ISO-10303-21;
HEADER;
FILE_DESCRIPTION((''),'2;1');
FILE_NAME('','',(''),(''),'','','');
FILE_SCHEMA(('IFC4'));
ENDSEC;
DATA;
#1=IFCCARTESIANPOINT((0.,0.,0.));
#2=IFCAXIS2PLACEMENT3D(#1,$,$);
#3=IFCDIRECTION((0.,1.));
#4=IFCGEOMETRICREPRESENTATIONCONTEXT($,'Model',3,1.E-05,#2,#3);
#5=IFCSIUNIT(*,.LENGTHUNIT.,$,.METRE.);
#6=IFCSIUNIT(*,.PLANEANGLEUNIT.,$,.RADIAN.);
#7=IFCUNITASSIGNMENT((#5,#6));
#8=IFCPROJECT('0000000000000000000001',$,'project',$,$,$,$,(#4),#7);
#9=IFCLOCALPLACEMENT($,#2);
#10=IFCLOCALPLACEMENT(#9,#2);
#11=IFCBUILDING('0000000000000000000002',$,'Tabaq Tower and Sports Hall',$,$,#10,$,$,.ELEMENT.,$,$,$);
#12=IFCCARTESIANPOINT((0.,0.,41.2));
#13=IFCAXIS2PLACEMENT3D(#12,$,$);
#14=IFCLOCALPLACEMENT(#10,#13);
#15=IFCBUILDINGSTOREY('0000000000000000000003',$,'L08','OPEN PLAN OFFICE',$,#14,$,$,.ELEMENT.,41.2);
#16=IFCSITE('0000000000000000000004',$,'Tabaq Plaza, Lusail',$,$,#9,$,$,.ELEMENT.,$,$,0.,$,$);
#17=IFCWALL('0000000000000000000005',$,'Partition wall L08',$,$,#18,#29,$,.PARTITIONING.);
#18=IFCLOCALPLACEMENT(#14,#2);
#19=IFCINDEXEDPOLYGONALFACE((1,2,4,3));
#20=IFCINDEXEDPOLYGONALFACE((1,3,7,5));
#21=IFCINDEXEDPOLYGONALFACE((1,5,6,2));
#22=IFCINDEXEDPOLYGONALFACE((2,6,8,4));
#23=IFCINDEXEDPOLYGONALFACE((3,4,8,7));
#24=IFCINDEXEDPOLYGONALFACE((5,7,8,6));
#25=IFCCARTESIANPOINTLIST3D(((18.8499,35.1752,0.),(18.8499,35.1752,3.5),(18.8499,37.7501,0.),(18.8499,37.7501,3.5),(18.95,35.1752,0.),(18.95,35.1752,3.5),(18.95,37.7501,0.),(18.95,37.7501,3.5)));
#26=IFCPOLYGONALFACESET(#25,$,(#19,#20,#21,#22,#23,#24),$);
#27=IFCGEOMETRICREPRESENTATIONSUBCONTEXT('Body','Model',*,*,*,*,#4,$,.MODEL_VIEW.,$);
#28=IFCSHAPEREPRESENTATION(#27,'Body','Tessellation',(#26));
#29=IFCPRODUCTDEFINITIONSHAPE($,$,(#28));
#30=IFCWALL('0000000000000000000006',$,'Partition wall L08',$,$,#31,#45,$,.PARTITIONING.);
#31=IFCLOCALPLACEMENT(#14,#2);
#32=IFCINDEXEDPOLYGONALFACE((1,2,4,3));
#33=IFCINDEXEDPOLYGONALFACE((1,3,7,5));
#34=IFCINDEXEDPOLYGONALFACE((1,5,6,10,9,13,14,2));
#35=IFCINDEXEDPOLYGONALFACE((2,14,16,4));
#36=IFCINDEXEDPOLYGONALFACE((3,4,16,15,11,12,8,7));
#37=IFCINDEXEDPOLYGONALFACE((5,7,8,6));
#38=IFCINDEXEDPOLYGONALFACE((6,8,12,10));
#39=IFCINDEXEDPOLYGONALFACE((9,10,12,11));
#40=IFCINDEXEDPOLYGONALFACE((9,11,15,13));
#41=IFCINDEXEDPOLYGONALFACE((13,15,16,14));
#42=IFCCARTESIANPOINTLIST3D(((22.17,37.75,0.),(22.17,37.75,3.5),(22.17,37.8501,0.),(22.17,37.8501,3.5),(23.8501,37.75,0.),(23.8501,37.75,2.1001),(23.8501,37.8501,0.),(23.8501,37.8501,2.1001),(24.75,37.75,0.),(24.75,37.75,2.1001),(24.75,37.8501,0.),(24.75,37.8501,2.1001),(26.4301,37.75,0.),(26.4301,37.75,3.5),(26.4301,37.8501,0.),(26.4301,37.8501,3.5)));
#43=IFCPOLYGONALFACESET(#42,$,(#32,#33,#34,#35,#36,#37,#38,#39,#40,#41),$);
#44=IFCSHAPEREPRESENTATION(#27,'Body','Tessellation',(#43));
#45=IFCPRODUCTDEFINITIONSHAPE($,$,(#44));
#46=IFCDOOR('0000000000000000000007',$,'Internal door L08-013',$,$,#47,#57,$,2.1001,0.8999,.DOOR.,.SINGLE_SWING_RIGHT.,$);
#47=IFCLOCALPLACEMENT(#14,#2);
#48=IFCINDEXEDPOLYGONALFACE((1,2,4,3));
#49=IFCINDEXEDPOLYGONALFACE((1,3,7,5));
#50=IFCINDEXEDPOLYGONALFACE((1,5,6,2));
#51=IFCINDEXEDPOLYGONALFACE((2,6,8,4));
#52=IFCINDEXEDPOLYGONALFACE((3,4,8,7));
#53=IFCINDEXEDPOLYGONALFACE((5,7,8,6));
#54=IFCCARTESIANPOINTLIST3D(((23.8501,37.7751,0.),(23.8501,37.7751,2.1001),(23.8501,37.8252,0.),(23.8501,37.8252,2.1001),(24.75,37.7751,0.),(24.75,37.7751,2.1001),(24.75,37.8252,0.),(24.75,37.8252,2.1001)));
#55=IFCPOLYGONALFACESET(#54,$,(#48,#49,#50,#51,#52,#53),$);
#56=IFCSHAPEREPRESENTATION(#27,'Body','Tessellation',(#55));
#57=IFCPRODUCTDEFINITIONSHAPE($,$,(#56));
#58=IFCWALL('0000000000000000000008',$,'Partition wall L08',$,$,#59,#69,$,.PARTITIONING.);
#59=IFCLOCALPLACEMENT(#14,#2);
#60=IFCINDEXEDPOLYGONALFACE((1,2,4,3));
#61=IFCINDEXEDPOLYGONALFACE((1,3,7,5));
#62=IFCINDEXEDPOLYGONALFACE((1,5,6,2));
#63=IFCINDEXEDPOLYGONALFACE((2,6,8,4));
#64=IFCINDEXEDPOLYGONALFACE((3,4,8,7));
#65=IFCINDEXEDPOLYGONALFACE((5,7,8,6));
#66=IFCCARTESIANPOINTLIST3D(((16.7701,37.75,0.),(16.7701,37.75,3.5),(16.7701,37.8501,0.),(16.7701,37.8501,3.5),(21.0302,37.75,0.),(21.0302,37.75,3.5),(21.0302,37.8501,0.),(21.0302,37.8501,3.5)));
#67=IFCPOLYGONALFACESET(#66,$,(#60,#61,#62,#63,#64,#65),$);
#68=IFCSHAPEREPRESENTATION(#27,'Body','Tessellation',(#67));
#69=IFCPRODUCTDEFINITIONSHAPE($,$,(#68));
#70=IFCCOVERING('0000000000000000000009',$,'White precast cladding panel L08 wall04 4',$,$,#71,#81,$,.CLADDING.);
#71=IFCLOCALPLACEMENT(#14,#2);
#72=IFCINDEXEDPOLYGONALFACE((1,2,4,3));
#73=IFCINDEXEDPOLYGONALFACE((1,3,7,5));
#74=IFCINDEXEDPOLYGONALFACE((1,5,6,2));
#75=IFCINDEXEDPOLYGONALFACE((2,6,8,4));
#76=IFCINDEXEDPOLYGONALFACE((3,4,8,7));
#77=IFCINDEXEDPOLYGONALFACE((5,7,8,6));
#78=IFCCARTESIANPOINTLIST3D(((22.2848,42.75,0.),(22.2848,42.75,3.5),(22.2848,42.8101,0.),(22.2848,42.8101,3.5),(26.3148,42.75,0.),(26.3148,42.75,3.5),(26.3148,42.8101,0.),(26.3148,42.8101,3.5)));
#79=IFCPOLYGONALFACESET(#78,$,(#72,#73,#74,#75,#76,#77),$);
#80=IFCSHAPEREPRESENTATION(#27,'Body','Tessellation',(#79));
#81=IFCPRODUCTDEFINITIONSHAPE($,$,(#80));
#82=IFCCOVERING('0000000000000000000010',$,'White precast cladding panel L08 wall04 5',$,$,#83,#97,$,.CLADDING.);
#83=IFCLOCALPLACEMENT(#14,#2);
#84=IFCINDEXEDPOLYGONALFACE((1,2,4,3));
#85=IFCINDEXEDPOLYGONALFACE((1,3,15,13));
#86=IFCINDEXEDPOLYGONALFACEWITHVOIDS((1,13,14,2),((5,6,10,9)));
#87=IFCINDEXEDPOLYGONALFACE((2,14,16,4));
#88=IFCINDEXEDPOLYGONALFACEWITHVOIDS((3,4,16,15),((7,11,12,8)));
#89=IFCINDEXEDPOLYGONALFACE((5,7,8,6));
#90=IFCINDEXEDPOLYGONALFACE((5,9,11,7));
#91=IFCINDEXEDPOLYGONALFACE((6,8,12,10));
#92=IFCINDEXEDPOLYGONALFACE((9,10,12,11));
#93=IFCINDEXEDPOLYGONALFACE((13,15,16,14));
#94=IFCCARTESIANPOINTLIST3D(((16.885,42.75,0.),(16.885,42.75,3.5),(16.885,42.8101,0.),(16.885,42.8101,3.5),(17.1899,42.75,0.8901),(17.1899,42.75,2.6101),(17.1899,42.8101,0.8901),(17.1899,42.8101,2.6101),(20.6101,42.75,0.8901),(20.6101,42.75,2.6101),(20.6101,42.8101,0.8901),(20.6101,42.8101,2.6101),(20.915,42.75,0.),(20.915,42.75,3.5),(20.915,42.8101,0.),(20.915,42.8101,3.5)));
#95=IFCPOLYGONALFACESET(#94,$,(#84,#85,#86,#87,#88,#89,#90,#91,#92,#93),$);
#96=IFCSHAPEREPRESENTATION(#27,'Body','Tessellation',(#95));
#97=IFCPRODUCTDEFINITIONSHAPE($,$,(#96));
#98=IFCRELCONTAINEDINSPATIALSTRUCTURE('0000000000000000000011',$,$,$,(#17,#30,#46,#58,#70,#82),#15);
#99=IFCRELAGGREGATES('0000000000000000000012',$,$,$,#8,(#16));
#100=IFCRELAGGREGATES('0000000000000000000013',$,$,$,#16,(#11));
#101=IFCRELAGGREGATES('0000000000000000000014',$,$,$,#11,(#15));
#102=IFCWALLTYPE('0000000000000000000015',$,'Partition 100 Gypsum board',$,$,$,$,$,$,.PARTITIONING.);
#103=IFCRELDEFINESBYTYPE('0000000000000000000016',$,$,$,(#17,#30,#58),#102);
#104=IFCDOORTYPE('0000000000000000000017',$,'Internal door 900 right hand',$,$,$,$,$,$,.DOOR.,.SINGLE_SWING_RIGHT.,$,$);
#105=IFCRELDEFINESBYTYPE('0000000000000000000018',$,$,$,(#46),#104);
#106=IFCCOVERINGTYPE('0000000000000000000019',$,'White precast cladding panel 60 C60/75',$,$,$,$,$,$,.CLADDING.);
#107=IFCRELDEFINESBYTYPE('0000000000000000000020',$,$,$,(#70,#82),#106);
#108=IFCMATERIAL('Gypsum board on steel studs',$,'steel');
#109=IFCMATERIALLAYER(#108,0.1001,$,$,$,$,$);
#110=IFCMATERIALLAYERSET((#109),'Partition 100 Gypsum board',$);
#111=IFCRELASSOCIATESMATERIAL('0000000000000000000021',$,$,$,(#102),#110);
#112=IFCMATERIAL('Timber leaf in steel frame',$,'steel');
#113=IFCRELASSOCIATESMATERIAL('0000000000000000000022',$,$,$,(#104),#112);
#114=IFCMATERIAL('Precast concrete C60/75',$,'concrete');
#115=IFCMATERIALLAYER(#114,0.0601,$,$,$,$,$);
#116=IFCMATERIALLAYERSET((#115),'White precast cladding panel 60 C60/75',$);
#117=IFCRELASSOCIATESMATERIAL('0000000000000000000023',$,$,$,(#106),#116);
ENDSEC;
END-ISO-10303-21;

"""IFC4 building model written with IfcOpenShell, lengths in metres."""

from ifc_helpers import new_model, si_unit, direction, frame, frame_2d, origin, place, context, subcontext, project, spatial, polyline, rectangle, outline, extrude, material, layer, layer_set, type_object, element, fill, save


model = new_model("IFC4")

# Units and contexts
model_context = context("Model", 3, precision=1e-05, world=origin(), true_north=direction((0.0, 1.0)))
body_context = subcontext(model_context, "Body", "Model", "MODEL_VIEW")
ifc_project = project(units=[si_unit("LENGTHUNIT", "METRE"), si_unit("PLANEANGLEUNIT", "RADIAN")], contexts=[model_context])

# Site, building, storey
site_placement = place(None, origin())
site = spatial("IfcSite", under=ifc_project, at=site_placement, Name="Tabaq Plaza, Lusail", CompositionType="ELEMENT", RefElevation=0.0)
building_placement = place(site_placement, origin())
building = spatial("IfcBuilding", under=site, at=building_placement, Name="Tabaq Tower and Sports Hall", CompositionType="ELEMENT")
storey_placement = place(building_placement, frame((0.0, 0.0, 41.2)))
storey = spatial("IfcBuildingStorey", under=building, at=storey_placement, Name="L08", Description="OPEN PLAN OFFICE", CompositionType="ELEMENT", Elevation=41.2)

# Wall
ifc_material_1 = material(Name="Gypsum board on steel studs", Category="steel")
ifc_layer_1 = layer(ifc_material_1, 0.1001)
ifc_layer_set_1 = layer_set([ifc_layer_1], Name="Partition 100 Gypsum board")
wall_type = type_object("IfcWallType", Name="Partition 100 Gypsum board", PredefinedType="PARTITIONING", material=ifc_layer_set_1)
wall_1_placement = place(storey_placement, frame((18.8999, 35.175, 0.0), z_axis=(0.0, 0.0, 1.0), x_axis=(0.0, 1.0, 0.0)))
element("IfcWall", 1, at=wall_1_placement, inside=storey, type_object=wall_type, Name="Partition wall L08", PredefinedType="PARTITIONING", context=body_context, shape_type="SweptSolid", body=[
    extrude(rectangle(XDim=2.575, YDim=0.1001, at=frame_2d((1.2876, 0.0))), origin(), (0.0, 0.0, 1.0), 3.5),
])

# Wall, opening, door
wall_2_placement = place(storey_placement, frame((26.4299, 37.8, 0.0), z_axis=(0.0, 0.0, 1.0), x_axis=(-1.0, 0.0, 0.0)))
wall_2 = element("IfcWall", 2, at=wall_2_placement, inside=storey, type_object=wall_type, Name="Partition wall L08", PredefinedType="PARTITIONING", context=body_context, shape_type="SweptSolid", body=[
    extrude(rectangle(XDim=4.26, YDim=0.1001, at=frame_2d((2.1299, 0.0))), origin(), (0.0, 0.0, 1.0), 3.5),
])
opening_placement = place(wall_2_placement, frame((1.6799, 0.0, 0.0)))
opening = element("IfcOpeningElement", 3, at=opening_placement, cuts=wall_2, PredefinedType="OPENING", context=body_context, shape_type="SweptSolid", body=[
    extrude(rectangle(XDim=0.8999, YDim=2.1001, at=frame_2d((0.45, 1.05))), frame((0.0, 0.05, 0.0), z_axis=(0.0, -1.0, 0.0), x_axis=(1.0, 0.0, 0.0)), (0.0, 0.0, 1.0), 0.1001),
])
ifc_material_2 = material(Name="Timber leaf in steel frame", Category="steel")
door_type = type_object("IfcDoorType", Name="Internal door 900 right hand", OperationType="SINGLE_SWING_RIGHT", PredefinedType="DOOR", material=ifc_material_2)
door_placement = place(opening_placement, origin())
door = element("IfcDoor", 4, at=door_placement, inside=storey, type_object=door_type, Name="Internal door L08-013", OperationType="SINGLE_SWING_RIGHT", OverallHeight=2.1001, OverallWidth=0.8999, PredefinedType="DOOR", context=body_context, shape_type="SweptSolid", body=[
    extrude(rectangle(XDim=0.8999, YDim=2.1001, at=frame_2d((0.45, 1.05))), frame((0.0, 0.0249, 0.0), z_axis=(0.0, -1.0, 0.0), x_axis=(1.0, 0.0, 0.0)), (0.0, 0.0, 1.0), 0.05),
])
fill(opening, door)

# Wall
wall_3_placement = place(storey_placement, frame((21.03, 37.8, 0.0), z_axis=(0.0, 0.0, 1.0), x_axis=(-1.0, 0.0, 0.0)))
element("IfcWall", 5, at=wall_3_placement, inside=storey, type_object=wall_type, Name="Partition wall L08", PredefinedType="PARTITIONING", context=body_context, shape_type="SweptSolid", body=[
    extrude(rectangle(XDim=4.26, YDim=0.1001, at=frame_2d((2.1299, 0.0))), origin(), (0.0, 0.0, 1.0), 3.5),
])

# Coverings
ifc_material_3 = material(Name="Precast concrete C60/75", Category="concrete")
ifc_layer_2 = layer(ifc_material_3, 0.0601)
ifc_layer_set_2 = layer_set([ifc_layer_2], Name="White precast cladding panel 60 C60/75")
covering_type = type_object("IfcCoveringType", Name="White precast cladding panel 60 C60/75", PredefinedType="CLADDING", material=ifc_layer_set_2)
covering_1_placement = place(storey_placement, frame((26.3149, 42.78, 0.0), z_axis=(0.0, 0.0, 1.0), x_axis=(-1.0, 0.0, 0.0)))
element("IfcCovering", 6, at=covering_1_placement, inside=storey, type_object=covering_type, Name="White precast cladding panel L08 wall04 4", PredefinedType="CLADDING", context=body_context, shape_type="SweptSolid", body=[
    extrude(rectangle(XDim=4.03, YDim=0.0601, at=frame_2d((2.0151, 0.0))), origin(), (0.0, 0.0, 1.0), 3.5),
])
covering_2_placement = place(storey_placement, frame((20.915, 42.78, 0.0), z_axis=(0.0, 0.0, 1.0), x_axis=(-1.0, 0.0, 0.0)))
element("IfcCovering", 7, at=covering_2_placement, inside=storey, type_object=covering_type, Name="White precast cladding panel L08 wall04 5", PredefinedType="CLADDING", context=body_context, shape_type="SweptSolid", body=[
    extrude(outline(polyline([(0.0, 0.0), (4.03, 0.0), (4.03, 3.5), (0.0, 3.5), (0.0, 0.0)]), holes=[polyline([(0.3049, 0.8901), (0.3049, 2.6101), (3.7251, 2.6101), (3.7251, 0.8901), (0.3049, 0.8901)])]), frame((0.0, 0.03, 0.0), z_axis=(0.0, -1.0, 0.0), x_axis=(1.0, 0.0, 0.0)), (0.0, 0.0, 1.0), 0.0601),
])

save(model, "model.ifc")
